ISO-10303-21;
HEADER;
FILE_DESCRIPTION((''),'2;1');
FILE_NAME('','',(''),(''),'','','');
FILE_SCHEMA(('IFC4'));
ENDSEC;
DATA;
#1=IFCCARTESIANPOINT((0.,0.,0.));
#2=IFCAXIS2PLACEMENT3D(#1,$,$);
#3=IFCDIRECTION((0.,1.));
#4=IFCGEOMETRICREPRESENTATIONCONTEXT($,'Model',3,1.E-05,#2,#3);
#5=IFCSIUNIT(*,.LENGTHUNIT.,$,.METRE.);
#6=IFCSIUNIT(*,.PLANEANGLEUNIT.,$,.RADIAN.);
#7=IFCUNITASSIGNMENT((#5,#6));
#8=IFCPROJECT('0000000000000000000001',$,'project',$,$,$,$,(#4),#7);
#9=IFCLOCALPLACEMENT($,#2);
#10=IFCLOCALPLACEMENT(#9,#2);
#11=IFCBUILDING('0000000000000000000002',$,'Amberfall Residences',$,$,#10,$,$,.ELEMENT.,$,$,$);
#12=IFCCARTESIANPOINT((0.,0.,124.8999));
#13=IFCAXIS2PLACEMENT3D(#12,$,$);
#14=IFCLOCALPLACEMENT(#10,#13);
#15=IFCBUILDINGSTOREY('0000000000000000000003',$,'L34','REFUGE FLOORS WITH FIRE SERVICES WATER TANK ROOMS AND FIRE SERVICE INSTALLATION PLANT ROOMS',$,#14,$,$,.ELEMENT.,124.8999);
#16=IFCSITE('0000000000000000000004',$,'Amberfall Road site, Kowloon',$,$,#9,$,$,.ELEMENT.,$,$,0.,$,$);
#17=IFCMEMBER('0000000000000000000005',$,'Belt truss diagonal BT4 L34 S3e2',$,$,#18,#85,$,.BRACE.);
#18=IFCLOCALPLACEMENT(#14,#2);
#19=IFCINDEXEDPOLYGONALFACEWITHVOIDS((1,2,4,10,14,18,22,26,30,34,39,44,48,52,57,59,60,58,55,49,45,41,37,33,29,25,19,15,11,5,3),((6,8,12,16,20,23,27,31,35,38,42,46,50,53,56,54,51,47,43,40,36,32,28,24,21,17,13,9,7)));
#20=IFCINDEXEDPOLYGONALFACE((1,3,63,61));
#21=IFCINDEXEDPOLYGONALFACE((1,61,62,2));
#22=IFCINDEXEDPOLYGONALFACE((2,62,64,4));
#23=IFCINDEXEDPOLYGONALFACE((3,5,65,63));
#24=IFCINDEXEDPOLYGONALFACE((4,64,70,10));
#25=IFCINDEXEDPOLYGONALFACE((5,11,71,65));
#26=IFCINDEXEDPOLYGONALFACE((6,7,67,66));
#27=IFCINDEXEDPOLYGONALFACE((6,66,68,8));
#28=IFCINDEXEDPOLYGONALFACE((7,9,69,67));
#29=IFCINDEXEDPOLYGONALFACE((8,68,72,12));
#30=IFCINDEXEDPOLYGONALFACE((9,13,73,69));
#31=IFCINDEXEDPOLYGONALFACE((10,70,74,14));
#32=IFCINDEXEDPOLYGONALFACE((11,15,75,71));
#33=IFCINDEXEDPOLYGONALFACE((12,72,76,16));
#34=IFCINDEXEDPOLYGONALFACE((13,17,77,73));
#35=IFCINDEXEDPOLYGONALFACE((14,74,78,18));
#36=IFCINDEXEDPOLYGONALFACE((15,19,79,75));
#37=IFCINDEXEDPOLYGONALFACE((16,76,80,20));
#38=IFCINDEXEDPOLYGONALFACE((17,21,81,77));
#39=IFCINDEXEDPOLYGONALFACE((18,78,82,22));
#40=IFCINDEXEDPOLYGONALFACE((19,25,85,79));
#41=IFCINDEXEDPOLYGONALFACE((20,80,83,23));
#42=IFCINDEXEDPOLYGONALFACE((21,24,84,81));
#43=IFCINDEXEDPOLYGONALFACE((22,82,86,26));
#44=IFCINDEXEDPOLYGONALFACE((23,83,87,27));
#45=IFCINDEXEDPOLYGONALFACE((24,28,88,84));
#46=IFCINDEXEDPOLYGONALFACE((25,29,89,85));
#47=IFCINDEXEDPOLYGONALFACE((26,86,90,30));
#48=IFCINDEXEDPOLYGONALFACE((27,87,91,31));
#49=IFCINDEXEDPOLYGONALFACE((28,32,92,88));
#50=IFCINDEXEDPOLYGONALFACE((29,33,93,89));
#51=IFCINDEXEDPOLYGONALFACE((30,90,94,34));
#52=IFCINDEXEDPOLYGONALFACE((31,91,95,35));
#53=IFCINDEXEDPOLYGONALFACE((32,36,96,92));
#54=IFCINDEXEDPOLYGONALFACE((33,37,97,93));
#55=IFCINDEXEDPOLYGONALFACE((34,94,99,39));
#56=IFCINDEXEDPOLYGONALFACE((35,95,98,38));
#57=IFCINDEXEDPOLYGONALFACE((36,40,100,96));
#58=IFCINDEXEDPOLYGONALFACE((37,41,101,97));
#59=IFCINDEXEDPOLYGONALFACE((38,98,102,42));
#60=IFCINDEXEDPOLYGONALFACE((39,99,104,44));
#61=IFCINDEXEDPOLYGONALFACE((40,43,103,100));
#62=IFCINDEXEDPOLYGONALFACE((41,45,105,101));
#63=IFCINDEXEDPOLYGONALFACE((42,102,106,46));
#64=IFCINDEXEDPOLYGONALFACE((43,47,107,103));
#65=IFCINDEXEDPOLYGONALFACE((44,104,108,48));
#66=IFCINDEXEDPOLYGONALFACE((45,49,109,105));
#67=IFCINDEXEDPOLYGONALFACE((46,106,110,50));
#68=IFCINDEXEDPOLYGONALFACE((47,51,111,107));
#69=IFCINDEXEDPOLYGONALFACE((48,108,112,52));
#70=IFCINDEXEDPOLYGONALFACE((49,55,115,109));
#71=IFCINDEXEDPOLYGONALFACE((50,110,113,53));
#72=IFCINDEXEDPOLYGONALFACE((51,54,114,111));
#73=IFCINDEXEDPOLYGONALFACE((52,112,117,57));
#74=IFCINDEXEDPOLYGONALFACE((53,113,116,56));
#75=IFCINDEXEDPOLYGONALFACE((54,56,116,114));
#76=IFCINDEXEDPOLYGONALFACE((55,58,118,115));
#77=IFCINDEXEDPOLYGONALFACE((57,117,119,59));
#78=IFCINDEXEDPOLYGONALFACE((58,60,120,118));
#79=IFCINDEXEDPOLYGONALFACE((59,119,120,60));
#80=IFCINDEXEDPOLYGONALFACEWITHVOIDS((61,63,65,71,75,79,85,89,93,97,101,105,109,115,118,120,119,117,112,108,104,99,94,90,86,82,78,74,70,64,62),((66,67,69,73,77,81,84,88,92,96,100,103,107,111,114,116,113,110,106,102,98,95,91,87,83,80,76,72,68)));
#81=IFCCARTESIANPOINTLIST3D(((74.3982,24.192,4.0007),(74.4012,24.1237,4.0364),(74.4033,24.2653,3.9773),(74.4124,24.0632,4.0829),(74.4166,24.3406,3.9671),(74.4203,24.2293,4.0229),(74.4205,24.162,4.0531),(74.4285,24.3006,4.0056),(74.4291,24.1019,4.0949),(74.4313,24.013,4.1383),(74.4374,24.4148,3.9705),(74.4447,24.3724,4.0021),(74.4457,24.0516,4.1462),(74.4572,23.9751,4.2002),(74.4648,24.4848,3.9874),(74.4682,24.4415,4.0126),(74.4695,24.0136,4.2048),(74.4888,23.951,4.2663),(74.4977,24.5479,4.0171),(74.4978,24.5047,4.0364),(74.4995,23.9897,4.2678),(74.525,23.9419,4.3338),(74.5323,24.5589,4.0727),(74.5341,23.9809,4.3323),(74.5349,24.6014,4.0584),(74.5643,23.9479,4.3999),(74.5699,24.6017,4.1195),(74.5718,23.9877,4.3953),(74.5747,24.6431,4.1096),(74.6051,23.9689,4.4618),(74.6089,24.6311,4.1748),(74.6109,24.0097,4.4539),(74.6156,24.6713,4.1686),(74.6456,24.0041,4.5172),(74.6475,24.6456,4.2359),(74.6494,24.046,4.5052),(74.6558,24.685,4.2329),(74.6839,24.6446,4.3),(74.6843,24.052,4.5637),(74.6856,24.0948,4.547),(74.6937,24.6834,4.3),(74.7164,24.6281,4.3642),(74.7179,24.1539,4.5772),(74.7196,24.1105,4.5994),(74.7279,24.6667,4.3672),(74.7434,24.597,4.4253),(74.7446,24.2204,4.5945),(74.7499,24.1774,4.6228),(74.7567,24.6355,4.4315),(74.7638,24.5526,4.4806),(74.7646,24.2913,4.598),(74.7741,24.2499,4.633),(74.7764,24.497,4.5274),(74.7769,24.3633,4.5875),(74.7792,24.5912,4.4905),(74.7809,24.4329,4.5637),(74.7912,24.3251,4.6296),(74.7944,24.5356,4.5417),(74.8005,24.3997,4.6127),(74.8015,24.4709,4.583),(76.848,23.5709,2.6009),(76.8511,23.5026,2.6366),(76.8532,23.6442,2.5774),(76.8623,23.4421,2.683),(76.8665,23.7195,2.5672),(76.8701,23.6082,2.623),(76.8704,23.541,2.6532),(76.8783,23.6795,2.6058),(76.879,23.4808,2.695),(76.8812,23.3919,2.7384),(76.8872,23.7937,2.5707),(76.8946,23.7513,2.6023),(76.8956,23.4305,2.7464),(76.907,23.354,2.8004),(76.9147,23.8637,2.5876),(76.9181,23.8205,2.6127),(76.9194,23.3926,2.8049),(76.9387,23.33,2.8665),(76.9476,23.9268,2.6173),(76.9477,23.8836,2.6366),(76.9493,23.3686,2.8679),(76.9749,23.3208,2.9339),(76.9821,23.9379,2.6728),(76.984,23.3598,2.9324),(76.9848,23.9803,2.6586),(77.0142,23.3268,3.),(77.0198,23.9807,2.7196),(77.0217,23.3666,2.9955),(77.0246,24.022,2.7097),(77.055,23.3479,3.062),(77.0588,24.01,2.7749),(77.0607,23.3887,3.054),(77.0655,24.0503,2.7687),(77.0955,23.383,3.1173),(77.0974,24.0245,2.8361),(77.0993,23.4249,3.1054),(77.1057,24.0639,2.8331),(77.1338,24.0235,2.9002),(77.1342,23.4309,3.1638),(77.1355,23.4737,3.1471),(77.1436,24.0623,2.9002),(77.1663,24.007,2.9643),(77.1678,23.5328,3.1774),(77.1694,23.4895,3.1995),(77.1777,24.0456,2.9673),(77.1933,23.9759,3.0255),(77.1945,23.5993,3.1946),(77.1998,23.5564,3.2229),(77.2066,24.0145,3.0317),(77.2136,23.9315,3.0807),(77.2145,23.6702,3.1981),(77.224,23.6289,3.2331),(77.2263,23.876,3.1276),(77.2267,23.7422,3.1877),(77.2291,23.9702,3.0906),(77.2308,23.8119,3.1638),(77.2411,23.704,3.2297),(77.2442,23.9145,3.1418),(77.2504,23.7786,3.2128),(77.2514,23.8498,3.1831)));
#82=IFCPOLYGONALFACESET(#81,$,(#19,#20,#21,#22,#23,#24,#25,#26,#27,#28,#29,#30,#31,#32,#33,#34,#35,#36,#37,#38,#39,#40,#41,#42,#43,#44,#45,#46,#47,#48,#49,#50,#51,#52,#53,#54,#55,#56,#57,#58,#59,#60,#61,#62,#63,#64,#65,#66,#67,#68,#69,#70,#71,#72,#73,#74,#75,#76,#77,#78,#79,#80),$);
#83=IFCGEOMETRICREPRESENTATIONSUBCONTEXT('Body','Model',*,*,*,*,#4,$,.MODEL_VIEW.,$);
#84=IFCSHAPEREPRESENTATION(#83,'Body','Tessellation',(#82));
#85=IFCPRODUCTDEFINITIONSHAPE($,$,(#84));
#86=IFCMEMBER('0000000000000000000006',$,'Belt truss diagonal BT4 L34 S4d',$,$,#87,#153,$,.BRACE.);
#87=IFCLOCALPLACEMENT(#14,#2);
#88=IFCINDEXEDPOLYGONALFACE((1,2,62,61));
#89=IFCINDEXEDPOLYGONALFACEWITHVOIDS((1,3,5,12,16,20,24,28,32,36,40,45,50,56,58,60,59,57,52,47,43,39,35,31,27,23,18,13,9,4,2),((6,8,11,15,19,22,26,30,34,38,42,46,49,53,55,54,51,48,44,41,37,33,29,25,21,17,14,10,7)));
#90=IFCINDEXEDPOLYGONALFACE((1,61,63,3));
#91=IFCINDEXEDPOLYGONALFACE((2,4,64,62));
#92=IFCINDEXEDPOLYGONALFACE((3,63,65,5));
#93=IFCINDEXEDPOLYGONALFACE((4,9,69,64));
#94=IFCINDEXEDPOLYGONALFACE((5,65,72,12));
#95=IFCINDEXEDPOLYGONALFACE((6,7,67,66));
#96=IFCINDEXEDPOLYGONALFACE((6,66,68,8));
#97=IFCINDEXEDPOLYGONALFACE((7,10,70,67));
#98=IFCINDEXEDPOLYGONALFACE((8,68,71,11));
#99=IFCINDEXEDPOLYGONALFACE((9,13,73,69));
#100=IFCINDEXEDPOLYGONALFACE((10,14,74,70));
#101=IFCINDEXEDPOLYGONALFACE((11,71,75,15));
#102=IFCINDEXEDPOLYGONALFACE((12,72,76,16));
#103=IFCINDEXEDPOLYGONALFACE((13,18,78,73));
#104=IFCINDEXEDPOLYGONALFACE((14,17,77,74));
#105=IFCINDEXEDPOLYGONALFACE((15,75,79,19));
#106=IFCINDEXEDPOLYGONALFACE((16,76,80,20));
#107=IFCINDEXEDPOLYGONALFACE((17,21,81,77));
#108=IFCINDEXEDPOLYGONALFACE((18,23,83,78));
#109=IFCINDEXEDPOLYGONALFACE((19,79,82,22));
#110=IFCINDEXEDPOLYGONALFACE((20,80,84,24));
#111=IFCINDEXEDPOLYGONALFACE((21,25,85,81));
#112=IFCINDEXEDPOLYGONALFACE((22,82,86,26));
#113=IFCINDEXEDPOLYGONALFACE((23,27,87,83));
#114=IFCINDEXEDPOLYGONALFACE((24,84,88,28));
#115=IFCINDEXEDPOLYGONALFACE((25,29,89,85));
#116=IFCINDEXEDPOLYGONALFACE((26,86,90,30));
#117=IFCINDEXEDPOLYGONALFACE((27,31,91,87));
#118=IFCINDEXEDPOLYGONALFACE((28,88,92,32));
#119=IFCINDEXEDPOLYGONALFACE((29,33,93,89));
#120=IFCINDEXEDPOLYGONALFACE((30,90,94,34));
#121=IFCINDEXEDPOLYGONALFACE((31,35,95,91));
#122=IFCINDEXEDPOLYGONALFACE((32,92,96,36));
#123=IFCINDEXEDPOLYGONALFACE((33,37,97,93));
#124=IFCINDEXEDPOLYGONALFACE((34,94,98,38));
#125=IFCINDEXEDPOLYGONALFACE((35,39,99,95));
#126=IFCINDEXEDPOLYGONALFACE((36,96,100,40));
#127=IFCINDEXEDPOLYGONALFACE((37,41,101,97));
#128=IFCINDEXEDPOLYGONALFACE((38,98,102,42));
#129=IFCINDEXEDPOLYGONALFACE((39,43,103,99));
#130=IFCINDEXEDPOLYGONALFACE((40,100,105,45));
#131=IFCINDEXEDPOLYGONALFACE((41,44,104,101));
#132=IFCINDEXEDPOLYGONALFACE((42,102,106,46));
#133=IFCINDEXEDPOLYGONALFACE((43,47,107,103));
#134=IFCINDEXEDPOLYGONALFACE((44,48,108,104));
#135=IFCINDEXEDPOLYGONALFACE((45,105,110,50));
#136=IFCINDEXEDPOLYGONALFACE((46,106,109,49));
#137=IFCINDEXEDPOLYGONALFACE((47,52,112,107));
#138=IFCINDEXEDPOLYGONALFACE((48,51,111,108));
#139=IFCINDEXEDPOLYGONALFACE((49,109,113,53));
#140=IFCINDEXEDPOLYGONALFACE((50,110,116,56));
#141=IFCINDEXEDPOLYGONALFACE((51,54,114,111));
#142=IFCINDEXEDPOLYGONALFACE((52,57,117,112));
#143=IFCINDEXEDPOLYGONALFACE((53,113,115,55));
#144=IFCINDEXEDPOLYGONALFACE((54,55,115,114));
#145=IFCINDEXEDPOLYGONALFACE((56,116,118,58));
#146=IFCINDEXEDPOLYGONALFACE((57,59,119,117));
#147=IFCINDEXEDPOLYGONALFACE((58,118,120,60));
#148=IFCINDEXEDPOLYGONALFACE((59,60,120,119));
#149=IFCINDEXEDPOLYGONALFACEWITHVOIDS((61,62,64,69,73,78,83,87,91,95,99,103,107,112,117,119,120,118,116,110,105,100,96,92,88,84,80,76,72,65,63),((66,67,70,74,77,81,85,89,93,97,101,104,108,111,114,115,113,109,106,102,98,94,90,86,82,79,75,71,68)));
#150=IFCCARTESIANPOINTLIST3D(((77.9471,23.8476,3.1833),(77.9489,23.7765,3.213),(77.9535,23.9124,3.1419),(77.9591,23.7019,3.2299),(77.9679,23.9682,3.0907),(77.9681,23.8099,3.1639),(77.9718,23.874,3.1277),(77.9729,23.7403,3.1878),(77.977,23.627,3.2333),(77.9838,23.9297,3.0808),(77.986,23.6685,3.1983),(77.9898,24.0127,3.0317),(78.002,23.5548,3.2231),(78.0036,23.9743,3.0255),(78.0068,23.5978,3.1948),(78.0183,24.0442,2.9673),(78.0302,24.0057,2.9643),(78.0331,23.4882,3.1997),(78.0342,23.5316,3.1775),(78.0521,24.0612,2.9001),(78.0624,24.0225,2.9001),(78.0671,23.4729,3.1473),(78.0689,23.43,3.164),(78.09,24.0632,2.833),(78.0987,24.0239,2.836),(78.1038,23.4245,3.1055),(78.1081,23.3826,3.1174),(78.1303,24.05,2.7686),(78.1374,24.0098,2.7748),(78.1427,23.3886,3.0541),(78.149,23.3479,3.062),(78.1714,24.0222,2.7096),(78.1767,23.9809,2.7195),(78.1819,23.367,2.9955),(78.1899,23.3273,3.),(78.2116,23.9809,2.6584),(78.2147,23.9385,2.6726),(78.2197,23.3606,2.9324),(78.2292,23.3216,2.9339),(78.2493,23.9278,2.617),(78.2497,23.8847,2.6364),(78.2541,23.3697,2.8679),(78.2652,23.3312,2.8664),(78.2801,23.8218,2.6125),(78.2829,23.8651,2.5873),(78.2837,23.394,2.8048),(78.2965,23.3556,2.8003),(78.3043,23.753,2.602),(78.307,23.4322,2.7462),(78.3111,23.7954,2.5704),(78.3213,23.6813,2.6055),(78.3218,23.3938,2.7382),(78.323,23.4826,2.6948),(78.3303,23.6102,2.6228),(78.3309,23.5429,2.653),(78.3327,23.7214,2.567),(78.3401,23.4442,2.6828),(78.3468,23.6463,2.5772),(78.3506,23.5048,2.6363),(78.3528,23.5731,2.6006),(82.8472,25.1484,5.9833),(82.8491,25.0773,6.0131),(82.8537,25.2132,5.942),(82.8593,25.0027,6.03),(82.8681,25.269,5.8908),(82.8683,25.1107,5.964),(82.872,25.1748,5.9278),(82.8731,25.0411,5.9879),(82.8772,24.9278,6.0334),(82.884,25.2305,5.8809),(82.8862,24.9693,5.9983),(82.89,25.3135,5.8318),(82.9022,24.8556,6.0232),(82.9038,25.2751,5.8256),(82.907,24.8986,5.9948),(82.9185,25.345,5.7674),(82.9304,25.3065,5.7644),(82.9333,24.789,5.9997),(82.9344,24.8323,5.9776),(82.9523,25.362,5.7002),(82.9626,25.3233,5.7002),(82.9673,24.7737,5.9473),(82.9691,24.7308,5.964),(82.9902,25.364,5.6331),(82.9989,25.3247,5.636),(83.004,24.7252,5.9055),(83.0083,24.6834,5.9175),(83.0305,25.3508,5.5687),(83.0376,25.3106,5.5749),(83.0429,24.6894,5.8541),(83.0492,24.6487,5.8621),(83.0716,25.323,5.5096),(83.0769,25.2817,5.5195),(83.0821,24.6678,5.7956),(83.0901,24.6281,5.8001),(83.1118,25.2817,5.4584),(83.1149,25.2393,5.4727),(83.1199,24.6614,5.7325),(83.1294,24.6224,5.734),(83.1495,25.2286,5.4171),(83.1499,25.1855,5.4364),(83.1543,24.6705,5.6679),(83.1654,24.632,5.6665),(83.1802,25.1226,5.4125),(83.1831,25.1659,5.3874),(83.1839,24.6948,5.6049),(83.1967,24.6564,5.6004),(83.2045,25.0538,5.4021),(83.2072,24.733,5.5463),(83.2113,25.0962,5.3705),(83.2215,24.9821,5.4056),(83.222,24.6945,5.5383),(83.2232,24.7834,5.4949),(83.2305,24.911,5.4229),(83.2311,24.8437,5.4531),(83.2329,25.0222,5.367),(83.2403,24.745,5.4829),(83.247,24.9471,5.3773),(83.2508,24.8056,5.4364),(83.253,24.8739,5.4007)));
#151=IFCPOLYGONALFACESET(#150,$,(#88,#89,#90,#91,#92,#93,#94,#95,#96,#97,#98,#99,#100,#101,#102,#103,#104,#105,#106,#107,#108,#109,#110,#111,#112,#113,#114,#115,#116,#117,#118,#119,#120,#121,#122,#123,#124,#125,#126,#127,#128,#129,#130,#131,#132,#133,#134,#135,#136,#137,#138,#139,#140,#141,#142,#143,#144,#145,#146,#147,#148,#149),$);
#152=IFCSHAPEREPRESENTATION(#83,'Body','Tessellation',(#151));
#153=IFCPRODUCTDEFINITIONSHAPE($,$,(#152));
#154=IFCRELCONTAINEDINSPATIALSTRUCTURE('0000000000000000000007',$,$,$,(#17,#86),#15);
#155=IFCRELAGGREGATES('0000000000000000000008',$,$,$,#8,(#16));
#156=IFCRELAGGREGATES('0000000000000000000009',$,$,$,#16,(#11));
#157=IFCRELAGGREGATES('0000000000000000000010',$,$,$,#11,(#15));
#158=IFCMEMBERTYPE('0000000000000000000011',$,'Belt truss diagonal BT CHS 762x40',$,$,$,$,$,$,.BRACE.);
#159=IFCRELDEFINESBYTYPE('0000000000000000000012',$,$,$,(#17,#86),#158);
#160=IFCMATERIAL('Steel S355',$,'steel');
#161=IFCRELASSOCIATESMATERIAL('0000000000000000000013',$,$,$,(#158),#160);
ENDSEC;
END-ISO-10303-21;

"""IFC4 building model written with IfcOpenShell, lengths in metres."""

from ifc_helpers import new_model, si_unit, direction, frame, origin, origin_2d, place, context, subcontext, project, spatial, hollow_circle, extrude, material, material_profile, profile_set, type_object, element, save


model = new_model("IFC4")

# Units and contexts
model_context = context("Model", 3, precision=1e-05, world=origin(), true_north=direction((0.0, 1.0)))
body_context = subcontext(model_context, "Body", "Model", "MODEL_VIEW")
ifc_project = project(units=[si_unit("LENGTHUNIT", "METRE"), si_unit("PLANEANGLEUNIT", "RADIAN")], contexts=[model_context])

# Site, building, storey
site_placement = place(None, origin())
site = spatial("IfcSite", under=ifc_project, at=site_placement, Name="Amberfall Road site, Kowloon", CompositionType="ELEMENT", RefElevation=0.0)
building_placement = place(site_placement, origin())
building = spatial("IfcBuilding", under=site, at=building_placement, Name="Amberfall Residences", CompositionType="ELEMENT")
storey_placement = place(building_placement, frame((0.0, 0.0, 124.8999)))
storey = spatial("IfcBuildingStorey", under=building, at=storey_placement, Name="L34", Description="REFUGE FLOORS WITH FIRE SERVICES WATER TANK ROOMS AND FIRE SERVICE INSTALLATION PLANT ROOMS", CompositionType="ELEMENT", Elevation=124.8999)

# Shared definitions
ifc_material_1 = material(Name="Steel S355", Category="steel")

# Members
ifc_material_profile_1 = material_profile(ifc_material_1, hollow_circle(Radius=0.3811, WallThickness=0.04, at=origin_2d()), Name="CHS 762x40")
ifc_profile_set_1 = profile_set([ifc_material_profile_1], Name="Steel S355")
member_type_1 = type_object("IfcMemberType", Name="Belt truss diagonal BT CHS 762x40", PredefinedType="BRACE", material=ifc_profile_set_1)
member_1_placement = place(storey_placement, frame((74.6001, 24.314, 4.3), z_axis=(0.847955, -0.214967, -0.484522), x_axis=(0.245739, 0.969336, 0.0)))
element("IfcMember", 1, at=member_1_placement, inside=storey, type_object=member_type_1, Name="Belt truss diagonal BT4 L34 S3e2", PredefinedType="BRACE", context=body_context, shape_type="SweptSolid", body=[
    extrude(hollow_circle(Radius=0.3811, WallThickness=0.04, at=origin_2d()), origin(), (0.0, 0.0, 1.0), 2.8892),
])
member_2_placement = place(storey_placement, frame((78.1499, 23.6929, 2.9001), z_axis=(0.846064, 0.224594, 0.483459), x_axis=(-0.256571, 0.966525, 0.0)))
element("IfcMember", 2, at=member_2_placement, inside=storey, type_object=member_type_1, Name="Belt truss diagonal BT4 L34 S4d", PredefinedType="BRACE", context=body_context, shape_type="SweptSolid", body=[
    extrude(hollow_circle(Radius=0.3811, WallThickness=0.04, at=origin_2d()), origin(), (0.0, 0.0, 1.0), 5.7917),
])

save(model, "model.ifc")
